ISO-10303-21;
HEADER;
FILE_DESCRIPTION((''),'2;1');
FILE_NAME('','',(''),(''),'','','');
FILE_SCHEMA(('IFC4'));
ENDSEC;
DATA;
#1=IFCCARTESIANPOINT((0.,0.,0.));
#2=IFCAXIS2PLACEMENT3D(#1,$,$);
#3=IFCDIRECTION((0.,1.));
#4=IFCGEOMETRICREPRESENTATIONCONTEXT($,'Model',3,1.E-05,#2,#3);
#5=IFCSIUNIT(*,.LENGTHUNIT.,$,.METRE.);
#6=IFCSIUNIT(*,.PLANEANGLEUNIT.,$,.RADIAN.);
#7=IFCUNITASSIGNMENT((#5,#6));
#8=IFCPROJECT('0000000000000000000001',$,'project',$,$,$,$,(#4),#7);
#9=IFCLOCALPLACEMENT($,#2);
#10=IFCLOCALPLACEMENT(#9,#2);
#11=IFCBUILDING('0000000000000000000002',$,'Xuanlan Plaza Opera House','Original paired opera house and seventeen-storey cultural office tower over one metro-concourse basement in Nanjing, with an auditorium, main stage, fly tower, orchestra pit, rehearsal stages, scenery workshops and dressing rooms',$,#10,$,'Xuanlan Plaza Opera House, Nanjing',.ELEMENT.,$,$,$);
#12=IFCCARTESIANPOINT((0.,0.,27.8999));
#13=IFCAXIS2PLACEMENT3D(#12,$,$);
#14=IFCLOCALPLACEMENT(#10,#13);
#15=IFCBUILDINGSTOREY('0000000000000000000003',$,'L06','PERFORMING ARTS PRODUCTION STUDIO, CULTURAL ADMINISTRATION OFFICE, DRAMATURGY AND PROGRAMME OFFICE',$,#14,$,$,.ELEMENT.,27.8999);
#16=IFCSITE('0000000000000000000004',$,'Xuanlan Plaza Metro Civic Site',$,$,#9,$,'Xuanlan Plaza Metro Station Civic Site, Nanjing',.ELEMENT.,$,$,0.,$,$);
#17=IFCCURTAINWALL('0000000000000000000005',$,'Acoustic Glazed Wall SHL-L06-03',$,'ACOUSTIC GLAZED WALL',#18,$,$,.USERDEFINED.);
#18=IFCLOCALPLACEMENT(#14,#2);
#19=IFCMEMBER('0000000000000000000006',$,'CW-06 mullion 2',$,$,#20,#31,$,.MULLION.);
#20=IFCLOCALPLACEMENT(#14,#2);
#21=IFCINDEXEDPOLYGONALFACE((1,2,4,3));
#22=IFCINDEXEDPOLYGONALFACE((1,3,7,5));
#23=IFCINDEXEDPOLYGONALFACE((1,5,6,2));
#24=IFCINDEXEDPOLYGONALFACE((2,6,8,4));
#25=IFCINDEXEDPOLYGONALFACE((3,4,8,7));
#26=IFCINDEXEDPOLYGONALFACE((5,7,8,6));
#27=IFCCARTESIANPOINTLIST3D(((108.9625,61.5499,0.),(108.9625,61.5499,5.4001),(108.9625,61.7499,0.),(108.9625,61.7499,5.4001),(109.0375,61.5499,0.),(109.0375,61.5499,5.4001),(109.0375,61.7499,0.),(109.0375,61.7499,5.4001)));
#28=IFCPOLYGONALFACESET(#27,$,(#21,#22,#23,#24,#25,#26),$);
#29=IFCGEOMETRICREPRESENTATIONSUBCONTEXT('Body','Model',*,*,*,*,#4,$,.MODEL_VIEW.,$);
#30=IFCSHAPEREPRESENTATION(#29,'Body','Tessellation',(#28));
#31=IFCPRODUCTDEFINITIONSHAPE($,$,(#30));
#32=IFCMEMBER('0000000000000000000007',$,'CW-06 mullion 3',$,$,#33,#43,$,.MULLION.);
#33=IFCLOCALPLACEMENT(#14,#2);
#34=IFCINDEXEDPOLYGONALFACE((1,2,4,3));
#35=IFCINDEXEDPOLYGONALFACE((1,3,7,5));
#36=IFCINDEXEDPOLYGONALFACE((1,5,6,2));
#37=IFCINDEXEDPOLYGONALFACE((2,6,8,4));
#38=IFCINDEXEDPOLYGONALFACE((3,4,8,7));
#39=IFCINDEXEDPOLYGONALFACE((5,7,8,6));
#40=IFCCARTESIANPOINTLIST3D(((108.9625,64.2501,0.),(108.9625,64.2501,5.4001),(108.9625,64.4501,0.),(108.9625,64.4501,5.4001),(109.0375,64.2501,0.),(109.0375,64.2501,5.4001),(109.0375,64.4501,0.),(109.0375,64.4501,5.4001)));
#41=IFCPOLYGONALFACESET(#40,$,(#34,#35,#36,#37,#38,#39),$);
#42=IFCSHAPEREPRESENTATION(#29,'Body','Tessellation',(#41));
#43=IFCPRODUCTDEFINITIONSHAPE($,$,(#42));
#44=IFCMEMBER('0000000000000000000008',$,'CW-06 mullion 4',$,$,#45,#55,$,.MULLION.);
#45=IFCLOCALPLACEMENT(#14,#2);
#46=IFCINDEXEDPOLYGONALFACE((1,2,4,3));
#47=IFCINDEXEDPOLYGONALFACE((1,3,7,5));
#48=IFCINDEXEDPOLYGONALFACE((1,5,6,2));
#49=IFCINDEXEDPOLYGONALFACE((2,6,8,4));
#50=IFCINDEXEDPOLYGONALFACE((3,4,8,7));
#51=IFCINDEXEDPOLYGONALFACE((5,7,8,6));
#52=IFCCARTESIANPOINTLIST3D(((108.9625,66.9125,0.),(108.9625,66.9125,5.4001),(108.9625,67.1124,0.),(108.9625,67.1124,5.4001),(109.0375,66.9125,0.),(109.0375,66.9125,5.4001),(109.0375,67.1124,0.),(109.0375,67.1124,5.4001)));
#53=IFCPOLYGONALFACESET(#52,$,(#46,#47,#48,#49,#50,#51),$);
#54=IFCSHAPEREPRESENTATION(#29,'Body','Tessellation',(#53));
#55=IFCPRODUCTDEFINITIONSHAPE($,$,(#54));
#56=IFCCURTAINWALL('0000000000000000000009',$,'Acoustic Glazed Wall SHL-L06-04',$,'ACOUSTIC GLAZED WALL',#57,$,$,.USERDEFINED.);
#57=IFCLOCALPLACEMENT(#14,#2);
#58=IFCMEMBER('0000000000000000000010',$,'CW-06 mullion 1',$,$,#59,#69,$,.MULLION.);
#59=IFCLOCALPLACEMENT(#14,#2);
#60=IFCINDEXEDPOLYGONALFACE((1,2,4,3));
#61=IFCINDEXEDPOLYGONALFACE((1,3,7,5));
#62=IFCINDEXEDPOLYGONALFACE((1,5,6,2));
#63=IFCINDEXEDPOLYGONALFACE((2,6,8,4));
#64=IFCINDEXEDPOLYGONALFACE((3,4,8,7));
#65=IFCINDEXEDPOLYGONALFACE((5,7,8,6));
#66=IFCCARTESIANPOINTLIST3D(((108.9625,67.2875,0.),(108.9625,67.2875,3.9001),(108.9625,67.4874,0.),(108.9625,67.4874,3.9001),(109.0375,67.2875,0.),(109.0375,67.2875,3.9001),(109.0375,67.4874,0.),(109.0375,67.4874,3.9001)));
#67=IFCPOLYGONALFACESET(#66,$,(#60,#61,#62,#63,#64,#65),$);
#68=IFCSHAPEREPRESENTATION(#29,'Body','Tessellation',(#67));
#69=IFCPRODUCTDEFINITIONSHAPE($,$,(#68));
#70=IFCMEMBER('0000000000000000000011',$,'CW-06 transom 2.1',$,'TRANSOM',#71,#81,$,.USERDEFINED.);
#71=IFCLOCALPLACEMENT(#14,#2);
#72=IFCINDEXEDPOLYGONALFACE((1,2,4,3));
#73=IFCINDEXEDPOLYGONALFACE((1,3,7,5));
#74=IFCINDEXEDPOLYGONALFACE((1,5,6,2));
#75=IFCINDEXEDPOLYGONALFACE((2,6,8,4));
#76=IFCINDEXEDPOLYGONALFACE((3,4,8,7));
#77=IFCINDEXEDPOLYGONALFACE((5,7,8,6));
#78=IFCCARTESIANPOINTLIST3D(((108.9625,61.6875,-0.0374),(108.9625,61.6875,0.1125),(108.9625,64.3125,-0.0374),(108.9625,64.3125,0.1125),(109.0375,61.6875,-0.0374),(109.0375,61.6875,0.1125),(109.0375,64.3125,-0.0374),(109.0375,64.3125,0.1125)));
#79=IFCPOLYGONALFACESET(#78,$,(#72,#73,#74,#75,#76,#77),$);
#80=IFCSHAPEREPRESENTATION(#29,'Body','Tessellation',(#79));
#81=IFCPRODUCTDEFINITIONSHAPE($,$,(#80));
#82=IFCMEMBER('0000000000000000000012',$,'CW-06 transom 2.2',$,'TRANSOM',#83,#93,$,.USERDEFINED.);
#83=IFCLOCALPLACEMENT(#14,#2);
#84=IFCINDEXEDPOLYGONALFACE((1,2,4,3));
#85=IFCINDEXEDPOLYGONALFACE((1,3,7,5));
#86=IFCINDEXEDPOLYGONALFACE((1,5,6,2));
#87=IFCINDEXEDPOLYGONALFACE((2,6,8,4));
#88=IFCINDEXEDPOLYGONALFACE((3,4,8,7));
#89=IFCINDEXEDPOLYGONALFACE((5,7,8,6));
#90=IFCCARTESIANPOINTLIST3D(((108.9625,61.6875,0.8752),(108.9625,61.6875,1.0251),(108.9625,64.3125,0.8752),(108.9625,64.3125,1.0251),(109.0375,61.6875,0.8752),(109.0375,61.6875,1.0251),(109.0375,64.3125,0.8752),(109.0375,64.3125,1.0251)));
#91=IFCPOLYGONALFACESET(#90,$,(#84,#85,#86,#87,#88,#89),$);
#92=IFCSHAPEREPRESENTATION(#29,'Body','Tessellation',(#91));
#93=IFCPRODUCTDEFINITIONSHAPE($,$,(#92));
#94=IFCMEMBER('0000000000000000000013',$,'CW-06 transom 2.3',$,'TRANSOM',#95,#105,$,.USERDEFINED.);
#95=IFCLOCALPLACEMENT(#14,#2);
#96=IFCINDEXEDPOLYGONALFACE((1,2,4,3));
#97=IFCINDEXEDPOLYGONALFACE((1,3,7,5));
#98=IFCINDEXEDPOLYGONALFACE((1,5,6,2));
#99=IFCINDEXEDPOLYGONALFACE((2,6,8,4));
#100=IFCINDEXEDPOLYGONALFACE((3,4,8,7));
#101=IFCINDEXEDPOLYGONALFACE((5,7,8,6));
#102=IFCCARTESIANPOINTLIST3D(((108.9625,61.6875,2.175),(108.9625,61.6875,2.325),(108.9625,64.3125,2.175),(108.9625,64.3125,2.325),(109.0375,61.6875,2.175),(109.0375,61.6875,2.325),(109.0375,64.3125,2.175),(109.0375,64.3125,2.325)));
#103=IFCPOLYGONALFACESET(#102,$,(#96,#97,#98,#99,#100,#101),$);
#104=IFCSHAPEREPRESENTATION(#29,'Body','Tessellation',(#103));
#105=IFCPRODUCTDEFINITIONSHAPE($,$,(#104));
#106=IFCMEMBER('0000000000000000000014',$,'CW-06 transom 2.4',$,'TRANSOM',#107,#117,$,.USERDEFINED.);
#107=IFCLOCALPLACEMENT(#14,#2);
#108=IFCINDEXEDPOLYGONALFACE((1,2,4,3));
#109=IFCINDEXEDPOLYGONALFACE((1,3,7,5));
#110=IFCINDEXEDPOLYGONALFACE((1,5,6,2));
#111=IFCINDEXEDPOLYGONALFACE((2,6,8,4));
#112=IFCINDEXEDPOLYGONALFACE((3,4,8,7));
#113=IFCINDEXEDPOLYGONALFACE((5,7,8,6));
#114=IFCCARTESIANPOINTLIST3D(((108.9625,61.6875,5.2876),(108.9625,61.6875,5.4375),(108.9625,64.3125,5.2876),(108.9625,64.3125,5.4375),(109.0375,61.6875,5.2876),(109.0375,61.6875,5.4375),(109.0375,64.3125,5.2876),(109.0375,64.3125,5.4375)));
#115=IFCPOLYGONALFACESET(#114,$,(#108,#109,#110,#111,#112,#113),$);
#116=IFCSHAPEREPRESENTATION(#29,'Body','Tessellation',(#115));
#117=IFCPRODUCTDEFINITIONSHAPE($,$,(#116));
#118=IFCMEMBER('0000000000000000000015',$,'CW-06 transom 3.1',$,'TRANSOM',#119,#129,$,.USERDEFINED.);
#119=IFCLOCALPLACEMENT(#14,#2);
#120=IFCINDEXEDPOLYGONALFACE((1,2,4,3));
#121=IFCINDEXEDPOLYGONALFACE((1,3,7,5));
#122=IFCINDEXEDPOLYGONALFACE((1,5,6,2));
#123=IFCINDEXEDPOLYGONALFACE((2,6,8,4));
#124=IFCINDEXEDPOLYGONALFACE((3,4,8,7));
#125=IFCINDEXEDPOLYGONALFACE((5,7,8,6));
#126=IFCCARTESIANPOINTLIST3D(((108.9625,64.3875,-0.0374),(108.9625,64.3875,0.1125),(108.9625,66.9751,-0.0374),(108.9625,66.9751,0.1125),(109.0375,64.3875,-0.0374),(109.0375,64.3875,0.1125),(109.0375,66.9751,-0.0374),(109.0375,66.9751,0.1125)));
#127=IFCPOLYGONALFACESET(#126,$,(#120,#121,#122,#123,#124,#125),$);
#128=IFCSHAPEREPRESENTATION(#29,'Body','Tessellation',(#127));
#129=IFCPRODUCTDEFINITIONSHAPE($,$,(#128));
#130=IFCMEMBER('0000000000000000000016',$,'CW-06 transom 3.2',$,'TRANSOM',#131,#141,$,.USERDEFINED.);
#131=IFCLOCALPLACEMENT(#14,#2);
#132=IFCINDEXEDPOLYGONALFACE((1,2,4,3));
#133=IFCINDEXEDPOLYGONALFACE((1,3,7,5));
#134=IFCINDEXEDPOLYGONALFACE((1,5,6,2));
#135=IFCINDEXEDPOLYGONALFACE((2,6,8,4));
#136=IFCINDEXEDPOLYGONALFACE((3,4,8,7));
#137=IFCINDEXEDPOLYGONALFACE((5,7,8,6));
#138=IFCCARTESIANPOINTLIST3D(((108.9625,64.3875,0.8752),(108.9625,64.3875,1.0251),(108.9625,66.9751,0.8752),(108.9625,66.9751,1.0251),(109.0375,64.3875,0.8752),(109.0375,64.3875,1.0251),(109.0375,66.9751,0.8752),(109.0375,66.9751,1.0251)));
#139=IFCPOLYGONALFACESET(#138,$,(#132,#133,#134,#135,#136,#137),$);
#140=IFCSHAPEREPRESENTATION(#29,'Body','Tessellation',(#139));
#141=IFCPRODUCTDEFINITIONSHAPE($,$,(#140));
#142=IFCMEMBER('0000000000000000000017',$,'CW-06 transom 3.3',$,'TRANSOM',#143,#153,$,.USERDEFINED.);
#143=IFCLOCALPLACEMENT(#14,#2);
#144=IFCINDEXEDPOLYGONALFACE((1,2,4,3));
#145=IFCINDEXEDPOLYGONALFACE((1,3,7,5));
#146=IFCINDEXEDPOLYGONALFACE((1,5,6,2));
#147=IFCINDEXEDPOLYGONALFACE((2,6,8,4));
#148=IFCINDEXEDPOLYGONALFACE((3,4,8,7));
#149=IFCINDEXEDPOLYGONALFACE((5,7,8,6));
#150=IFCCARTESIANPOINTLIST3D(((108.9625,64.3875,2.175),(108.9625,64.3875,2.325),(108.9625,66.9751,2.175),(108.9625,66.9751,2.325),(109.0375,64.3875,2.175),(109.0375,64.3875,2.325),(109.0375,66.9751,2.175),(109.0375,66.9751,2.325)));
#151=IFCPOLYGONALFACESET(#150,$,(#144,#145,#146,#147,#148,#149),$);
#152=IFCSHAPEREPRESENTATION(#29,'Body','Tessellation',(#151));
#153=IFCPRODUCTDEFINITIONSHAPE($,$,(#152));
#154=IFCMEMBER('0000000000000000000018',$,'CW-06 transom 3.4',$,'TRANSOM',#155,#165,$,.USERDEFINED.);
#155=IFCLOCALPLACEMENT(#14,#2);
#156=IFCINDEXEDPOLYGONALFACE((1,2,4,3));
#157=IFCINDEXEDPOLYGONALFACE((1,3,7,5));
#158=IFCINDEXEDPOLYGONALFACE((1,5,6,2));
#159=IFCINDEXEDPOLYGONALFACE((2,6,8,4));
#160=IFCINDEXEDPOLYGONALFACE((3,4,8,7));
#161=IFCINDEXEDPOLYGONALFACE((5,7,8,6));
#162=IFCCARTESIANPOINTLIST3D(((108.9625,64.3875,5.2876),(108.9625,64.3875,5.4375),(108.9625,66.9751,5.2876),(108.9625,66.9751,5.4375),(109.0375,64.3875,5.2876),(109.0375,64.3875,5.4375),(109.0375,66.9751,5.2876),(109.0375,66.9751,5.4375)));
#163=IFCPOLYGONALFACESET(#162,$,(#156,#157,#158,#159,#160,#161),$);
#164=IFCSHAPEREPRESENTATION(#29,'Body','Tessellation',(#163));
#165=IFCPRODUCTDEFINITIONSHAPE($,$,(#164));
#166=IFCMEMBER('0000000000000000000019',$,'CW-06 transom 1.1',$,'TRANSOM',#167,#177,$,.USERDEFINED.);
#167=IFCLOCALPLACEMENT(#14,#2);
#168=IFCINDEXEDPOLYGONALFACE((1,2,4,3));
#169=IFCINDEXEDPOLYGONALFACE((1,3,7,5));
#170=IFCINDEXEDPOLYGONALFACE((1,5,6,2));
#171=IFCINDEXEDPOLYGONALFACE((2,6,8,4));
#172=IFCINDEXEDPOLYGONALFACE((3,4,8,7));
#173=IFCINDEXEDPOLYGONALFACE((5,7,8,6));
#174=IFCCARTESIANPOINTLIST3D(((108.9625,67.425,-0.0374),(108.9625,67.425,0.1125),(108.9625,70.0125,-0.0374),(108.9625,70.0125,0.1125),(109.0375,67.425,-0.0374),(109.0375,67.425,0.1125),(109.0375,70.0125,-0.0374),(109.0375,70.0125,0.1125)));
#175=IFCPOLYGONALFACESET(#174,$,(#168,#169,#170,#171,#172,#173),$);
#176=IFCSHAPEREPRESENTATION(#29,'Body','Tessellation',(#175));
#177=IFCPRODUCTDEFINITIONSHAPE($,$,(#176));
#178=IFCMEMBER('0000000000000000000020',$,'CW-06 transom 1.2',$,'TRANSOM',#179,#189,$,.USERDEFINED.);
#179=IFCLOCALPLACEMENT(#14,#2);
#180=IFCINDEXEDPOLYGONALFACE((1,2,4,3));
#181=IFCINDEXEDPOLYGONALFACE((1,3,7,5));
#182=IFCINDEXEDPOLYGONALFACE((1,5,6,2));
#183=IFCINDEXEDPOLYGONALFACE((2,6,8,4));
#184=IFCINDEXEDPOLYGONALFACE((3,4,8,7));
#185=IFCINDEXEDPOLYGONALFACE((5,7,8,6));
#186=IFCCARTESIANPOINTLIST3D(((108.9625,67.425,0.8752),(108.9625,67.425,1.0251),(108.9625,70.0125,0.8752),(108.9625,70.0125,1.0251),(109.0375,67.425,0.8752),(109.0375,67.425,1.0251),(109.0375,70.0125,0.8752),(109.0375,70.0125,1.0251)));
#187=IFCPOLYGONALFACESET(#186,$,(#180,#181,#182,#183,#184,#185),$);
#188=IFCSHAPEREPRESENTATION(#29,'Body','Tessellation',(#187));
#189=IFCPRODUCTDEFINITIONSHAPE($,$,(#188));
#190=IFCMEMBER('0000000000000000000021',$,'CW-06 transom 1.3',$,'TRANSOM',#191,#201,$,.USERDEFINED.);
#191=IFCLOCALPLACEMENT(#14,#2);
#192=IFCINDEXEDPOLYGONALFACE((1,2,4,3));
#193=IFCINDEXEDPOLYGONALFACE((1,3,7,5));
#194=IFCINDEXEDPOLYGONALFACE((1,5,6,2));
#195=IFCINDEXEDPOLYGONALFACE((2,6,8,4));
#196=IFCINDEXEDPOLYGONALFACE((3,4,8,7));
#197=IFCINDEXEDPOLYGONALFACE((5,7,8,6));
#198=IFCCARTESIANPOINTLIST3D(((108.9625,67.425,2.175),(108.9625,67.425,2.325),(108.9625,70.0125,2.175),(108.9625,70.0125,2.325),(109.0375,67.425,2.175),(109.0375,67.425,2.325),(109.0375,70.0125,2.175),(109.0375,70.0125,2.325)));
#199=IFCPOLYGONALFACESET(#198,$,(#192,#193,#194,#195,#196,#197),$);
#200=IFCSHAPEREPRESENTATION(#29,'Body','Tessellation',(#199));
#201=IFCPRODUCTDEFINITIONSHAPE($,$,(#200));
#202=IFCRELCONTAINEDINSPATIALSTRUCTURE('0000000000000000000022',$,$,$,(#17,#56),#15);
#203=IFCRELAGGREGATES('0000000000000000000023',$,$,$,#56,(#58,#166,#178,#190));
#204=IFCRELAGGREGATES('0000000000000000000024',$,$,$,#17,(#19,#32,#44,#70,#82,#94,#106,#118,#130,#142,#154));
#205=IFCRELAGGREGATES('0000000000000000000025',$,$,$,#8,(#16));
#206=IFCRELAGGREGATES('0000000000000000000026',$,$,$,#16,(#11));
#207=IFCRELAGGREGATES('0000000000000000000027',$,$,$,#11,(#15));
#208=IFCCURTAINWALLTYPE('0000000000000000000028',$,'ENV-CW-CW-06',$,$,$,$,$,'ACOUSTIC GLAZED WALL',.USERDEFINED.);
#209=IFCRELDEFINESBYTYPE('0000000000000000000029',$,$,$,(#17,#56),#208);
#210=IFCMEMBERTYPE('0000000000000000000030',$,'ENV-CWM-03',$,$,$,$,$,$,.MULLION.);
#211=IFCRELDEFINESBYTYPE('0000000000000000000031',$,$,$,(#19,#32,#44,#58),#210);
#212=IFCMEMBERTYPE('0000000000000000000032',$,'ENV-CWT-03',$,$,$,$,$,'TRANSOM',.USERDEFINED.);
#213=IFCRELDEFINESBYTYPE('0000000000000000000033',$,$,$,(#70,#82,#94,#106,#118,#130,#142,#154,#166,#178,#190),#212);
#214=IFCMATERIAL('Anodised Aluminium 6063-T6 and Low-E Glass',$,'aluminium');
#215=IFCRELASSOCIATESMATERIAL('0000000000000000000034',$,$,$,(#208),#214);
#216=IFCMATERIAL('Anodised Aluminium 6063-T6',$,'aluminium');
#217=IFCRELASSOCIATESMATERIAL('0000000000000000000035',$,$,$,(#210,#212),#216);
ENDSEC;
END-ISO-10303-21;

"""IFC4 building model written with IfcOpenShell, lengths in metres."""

from ifc_helpers import new_model, si_unit, direction, frame, origin, origin_2d, place, context, subcontext, project, spatial, rectangle, extrude, material, material_profile, profile_set, type_object, element, aggregate, save


model = new_model("IFC4")

# Units and contexts
model_context = context("Model", 3, precision=1e-05, world=origin(), true_north=direction((0.0, 1.0)))
body_context = subcontext(model_context, "Body", "Model", "MODEL_VIEW")
ifc_project = project(units=[si_unit("LENGTHUNIT", "METRE"), si_unit("PLANEANGLEUNIT", "RADIAN")], contexts=[model_context])

# Site, building, storey
site_placement = place(None, origin())
site = spatial("IfcSite", under=ifc_project, at=site_placement, Name="Xuanlan Plaza Metro Civic Site", LongName="Xuanlan Plaza Metro Station Civic Site, Nanjing", CompositionType="ELEMENT", RefElevation=0.0)
building_placement = place(site_placement, origin())
building = spatial("IfcBuilding", under=site, at=building_placement, Name="Xuanlan Plaza Opera House", Description="Original paired opera house and seventeen-storey cultural office tower over one metro-concourse basement in Nanjing, with an auditorium, main stage, fly tower, orchestra pit, rehearsal stages, scenery workshops and dressing rooms", LongName="Xuanlan Plaza Opera House, Nanjing", CompositionType="ELEMENT")
storey_placement = place(building_placement, frame((0.0, 0.0, 27.8999)))
storey = spatial("IfcBuildingStorey", under=building, at=storey_placement, Name="L06", Description="PERFORMING ARTS PRODUCTION STUDIO, CULTURAL ADMINISTRATION OFFICE, DRAMATURGY AND PROGRAMME OFFICE", CompositionType="ELEMENT", Elevation=27.8999)

# Curtain wall, members
ifc_material_1 = material(Name="Anodised Aluminium 6063-T6 and Low-E Glass", Category="aluminium")
curtain_wall_type = type_object("IfcCurtainWallType", Name="ENV-CW-CW-06", ElementType="ACOUSTIC GLAZED WALL", PredefinedType="USERDEFINED", material=ifc_material_1)
curtain_wall_1_placement = place(storey_placement, origin())
curtain_wall_1 = element("IfcCurtainWall", 1, at=curtain_wall_1_placement, inside=storey, type_object=curtain_wall_type, Name="Acoustic Glazed Wall SHL-L06-03", ObjectType="ACOUSTIC GLAZED WALL", PredefinedType="USERDEFINED")
ifc_material_2 = material(Name="Anodised Aluminium 6063-T6", Category="aluminium")
ifc_material_profile_1 = material_profile(ifc_material_2, rectangle(XDim=0.075, YDim=0.2, at=origin_2d()), Name="ALU-M 75x200")
ifc_profile_set_1 = profile_set([ifc_material_profile_1], Name="Anodised Aluminium 6063-T6")
member_type_1 = type_object("IfcMemberType", Name="ENV-CWM-03", PredefinedType="MULLION", material=ifc_profile_set_1)
member_1_placement = place(storey_placement, frame((109.0, 61.6499, 0.0), z_axis=(0.0, 0.0, 1.0), x_axis=(-1.0, 0.0, 0.0)))
member_1 = element("IfcMember", 2, at=member_1_placement, type_object=member_type_1, Name="CW-06 mullion 2", PredefinedType="MULLION", context=body_context, shape_type="SweptSolid", body=[
    extrude(rectangle(XDim=0.075, YDim=0.2, at=origin_2d()), origin(), (0.0, 0.0, 1.0), 5.4001),
])
member_2_placement = place(storey_placement, frame((109.0, 64.3501, 0.0), z_axis=(0.0, 0.0, 1.0), x_axis=(-1.0, 0.0, 0.0)))
member_2 = element("IfcMember", 3, at=member_2_placement, type_object=member_type_1, Name="CW-06 mullion 3", PredefinedType="MULLION", context=body_context, shape_type="SweptSolid", body=[
    extrude(rectangle(XDim=0.075, YDim=0.2, at=origin_2d()), origin(), (0.0, 0.0, 1.0), 5.4001),
])
member_3_placement = place(storey_placement, frame((109.0, 67.0125, 0.0), z_axis=(0.0, 0.0, 1.0), x_axis=(-1.0, 0.0, 0.0)))
member_3 = element("IfcMember", 4, at=member_3_placement, type_object=member_type_1, Name="CW-06 mullion 4", PredefinedType="MULLION", context=body_context, shape_type="SweptSolid", body=[
    extrude(rectangle(XDim=0.075, YDim=0.2, at=origin_2d()), origin(), (0.0, 0.0, 1.0), 5.4001),
])

# Curtain wall, member
curtain_wall_2_placement = place(storey_placement, origin())
curtain_wall_2 = element("IfcCurtainWall", 5, at=curtain_wall_2_placement, inside=storey, type_object=curtain_wall_type, Name="Acoustic Glazed Wall SHL-L06-04", ObjectType="ACOUSTIC GLAZED WALL", PredefinedType="USERDEFINED")
member_4_placement = place(storey_placement, frame((109.0, 67.3875, 0.0), z_axis=(0.0, 0.0, 1.0), x_axis=(-1.0, 0.0, 0.0)))
member_4 = element("IfcMember", 6, at=member_4_placement, type_object=member_type_1, Name="CW-06 mullion 1", PredefinedType="MULLION", context=body_context, shape_type="SweptSolid", body=[
    extrude(rectangle(XDim=0.075, YDim=0.2, at=origin_2d()), origin(), (0.0, 0.0, 1.0), 3.9001),
])

# Members
ifc_material_profile_2 = material_profile(ifc_material_2, rectangle(XDim=0.075, YDim=0.1499, at=origin_2d()), Name="ALU-T 75x150")
ifc_profile_set_2 = profile_set([ifc_material_profile_2], Name="Anodised Aluminium 6063-T6")
member_type_2 = type_object("IfcMemberType", Name="ENV-CWT-03", ElementType="TRANSOM", PredefinedType="USERDEFINED", material=ifc_profile_set_2)
member_5_placement = place(storey_placement, frame((109.0, 61.6875, 0.0376), z_axis=(0.0, 1.0, 0.0), x_axis=(-1.0, 0.0, 0.0)))
member_5 = element("IfcMember", 7, at=member_5_placement, type_object=member_type_2, Name="CW-06 transom 2.1", ObjectType="TRANSOM", PredefinedType="USERDEFINED", context=body_context, shape_type="SweptSolid", body=[
    extrude(rectangle(XDim=0.075, YDim=0.1499, at=origin_2d()), origin(), (0.0, 0.0, 1.0), 2.625),
])
member_6_placement = place(storey_placement, frame((109.0, 61.6875, 0.9502), z_axis=(0.0, 1.0, 0.0), x_axis=(-1.0, 0.0, 0.0)))
member_6 = element("IfcMember", 8, at=member_6_placement, type_object=member_type_2, Name="CW-06 transom 2.2", ObjectType="TRANSOM", PredefinedType="USERDEFINED", context=body_context, shape_type="SweptSolid", body=[
    extrude(rectangle(XDim=0.075, YDim=0.1499, at=origin_2d()), origin(), (0.0, 0.0, 1.0), 2.625),
])
member_7_placement = place(storey_placement, frame((109.0, 61.6875, 2.25), z_axis=(0.0, 1.0, 0.0), x_axis=(-1.0, 0.0, 0.0)))
member_7 = element("IfcMember", 9, at=member_7_placement, type_object=member_type_2, Name="CW-06 transom 2.3", ObjectType="TRANSOM", PredefinedType="USERDEFINED", context=body_context, shape_type="SweptSolid", body=[
    extrude(rectangle(XDim=0.075, YDim=0.1499, at=origin_2d()), origin(), (0.0, 0.0, 1.0), 2.625),
])
member_8_placement = place(storey_placement, frame((109.0, 61.6875, 5.3625), z_axis=(0.0, 1.0, 0.0), x_axis=(-1.0, 0.0, 0.0)))
member_8 = element("IfcMember", 10, at=member_8_placement, type_object=member_type_2, Name="CW-06 transom 2.4", ObjectType="TRANSOM", PredefinedType="USERDEFINED", context=body_context, shape_type="SweptSolid", body=[
    extrude(rectangle(XDim=0.075, YDim=0.1499, at=origin_2d()), origin(), (0.0, 0.0, 1.0), 2.625),
])
member_9_placement = place(storey_placement, frame((109.0, 64.3875, 0.0376), z_axis=(0.0, 1.0, 0.0), x_axis=(-1.0, 0.0, 0.0)))
member_9 = element("IfcMember", 11, at=member_9_placement, type_object=member_type_2, Name="CW-06 transom 3.1", ObjectType="TRANSOM", PredefinedType="USERDEFINED", context=body_context, shape_type="SweptSolid", body=[
    extrude(rectangle(XDim=0.075, YDim=0.1499, at=origin_2d()), origin(), (0.0, 0.0, 1.0), 2.5876),
])
member_10_placement = place(storey_placement, frame((109.0, 64.3875, 0.9502), z_axis=(0.0, 1.0, 0.0), x_axis=(-1.0, 0.0, 0.0)))
member_10 = element("IfcMember", 12, at=member_10_placement, type_object=member_type_2, Name="CW-06 transom 3.2", ObjectType="TRANSOM", PredefinedType="USERDEFINED", context=body_context, shape_type="SweptSolid", body=[
    extrude(rectangle(XDim=0.075, YDim=0.1499, at=origin_2d()), origin(), (0.0, 0.0, 1.0), 2.5876),
])
member_11_placement = place(storey_placement, frame((109.0, 64.3875, 2.25), z_axis=(0.0, 1.0, 0.0), x_axis=(-1.0, 0.0, 0.0)))
member_11 = element("IfcMember", 13, at=member_11_placement, type_object=member_type_2, Name="CW-06 transom 3.3", ObjectType="TRANSOM", PredefinedType="USERDEFINED", context=body_context, shape_type="SweptSolid", body=[
    extrude(rectangle(XDim=0.075, YDim=0.1499, at=origin_2d()), origin(), (0.0, 0.0, 1.0), 2.5876),
])
member_12_placement = place(storey_placement, frame((109.0, 64.3875, 5.3625), z_axis=(0.0, 1.0, 0.0), x_axis=(-1.0, 0.0, 0.0)))
member_12 = element("IfcMember", 14, at=member_12_placement, type_object=member_type_2, Name="CW-06 transom 3.4", ObjectType="TRANSOM", PredefinedType="USERDEFINED", context=body_context, shape_type="SweptSolid", body=[
    extrude(rectangle(XDim=0.075, YDim=0.1499, at=origin_2d()), origin(), (0.0, 0.0, 1.0), 2.5876),
])
member_13_placement = place(storey_placement, frame((109.0, 67.425, 0.0376), z_axis=(0.0, 1.0, 0.0), x_axis=(-1.0, 0.0, 0.0)))
member_13 = element("IfcMember", 15, at=member_13_placement, type_object=member_type_2, Name="CW-06 transom 1.1", ObjectType="TRANSOM", PredefinedType="USERDEFINED", context=body_context, shape_type="SweptSolid", body=[
    extrude(rectangle(XDim=0.075, YDim=0.1499, at=origin_2d()), origin(), (0.0, 0.0, 1.0), 2.5874),
])
member_14_placement = place(storey_placement, frame((109.0, 67.425, 0.9502), z_axis=(0.0, 1.0, 0.0), x_axis=(-1.0, 0.0, 0.0)))
member_14 = element("IfcMember", 16, at=member_14_placement, type_object=member_type_2, Name="CW-06 transom 1.2", ObjectType="TRANSOM", PredefinedType="USERDEFINED", context=body_context, shape_type="SweptSolid", body=[
    extrude(rectangle(XDim=0.075, YDim=0.1499, at=origin_2d()), origin(), (0.0, 0.0, 1.0), 2.5874),
])
member_15_placement = place(storey_placement, frame((109.0, 67.425, 2.25), z_axis=(0.0, 1.0, 0.0), x_axis=(-1.0, 0.0, 0.0)))
member_15 = element("IfcMember", 17, at=member_15_placement, type_object=member_type_2, Name="CW-06 transom 1.3", ObjectType="TRANSOM", PredefinedType="USERDEFINED", context=body_context, shape_type="SweptSolid", body=[
    extrude(rectangle(XDim=0.075, YDim=0.1499, at=origin_2d()), origin(), (0.0, 0.0, 1.0), 2.5874),
])
aggregate(curtain_wall_2, [member_4, member_13, member_14, member_15])

aggregate(curtain_wall_1, [member_1, member_2, member_3, member_5, member_6, member_7, member_8, member_9, member_10, member_11, member_12])

save(model, "model.ifc")
